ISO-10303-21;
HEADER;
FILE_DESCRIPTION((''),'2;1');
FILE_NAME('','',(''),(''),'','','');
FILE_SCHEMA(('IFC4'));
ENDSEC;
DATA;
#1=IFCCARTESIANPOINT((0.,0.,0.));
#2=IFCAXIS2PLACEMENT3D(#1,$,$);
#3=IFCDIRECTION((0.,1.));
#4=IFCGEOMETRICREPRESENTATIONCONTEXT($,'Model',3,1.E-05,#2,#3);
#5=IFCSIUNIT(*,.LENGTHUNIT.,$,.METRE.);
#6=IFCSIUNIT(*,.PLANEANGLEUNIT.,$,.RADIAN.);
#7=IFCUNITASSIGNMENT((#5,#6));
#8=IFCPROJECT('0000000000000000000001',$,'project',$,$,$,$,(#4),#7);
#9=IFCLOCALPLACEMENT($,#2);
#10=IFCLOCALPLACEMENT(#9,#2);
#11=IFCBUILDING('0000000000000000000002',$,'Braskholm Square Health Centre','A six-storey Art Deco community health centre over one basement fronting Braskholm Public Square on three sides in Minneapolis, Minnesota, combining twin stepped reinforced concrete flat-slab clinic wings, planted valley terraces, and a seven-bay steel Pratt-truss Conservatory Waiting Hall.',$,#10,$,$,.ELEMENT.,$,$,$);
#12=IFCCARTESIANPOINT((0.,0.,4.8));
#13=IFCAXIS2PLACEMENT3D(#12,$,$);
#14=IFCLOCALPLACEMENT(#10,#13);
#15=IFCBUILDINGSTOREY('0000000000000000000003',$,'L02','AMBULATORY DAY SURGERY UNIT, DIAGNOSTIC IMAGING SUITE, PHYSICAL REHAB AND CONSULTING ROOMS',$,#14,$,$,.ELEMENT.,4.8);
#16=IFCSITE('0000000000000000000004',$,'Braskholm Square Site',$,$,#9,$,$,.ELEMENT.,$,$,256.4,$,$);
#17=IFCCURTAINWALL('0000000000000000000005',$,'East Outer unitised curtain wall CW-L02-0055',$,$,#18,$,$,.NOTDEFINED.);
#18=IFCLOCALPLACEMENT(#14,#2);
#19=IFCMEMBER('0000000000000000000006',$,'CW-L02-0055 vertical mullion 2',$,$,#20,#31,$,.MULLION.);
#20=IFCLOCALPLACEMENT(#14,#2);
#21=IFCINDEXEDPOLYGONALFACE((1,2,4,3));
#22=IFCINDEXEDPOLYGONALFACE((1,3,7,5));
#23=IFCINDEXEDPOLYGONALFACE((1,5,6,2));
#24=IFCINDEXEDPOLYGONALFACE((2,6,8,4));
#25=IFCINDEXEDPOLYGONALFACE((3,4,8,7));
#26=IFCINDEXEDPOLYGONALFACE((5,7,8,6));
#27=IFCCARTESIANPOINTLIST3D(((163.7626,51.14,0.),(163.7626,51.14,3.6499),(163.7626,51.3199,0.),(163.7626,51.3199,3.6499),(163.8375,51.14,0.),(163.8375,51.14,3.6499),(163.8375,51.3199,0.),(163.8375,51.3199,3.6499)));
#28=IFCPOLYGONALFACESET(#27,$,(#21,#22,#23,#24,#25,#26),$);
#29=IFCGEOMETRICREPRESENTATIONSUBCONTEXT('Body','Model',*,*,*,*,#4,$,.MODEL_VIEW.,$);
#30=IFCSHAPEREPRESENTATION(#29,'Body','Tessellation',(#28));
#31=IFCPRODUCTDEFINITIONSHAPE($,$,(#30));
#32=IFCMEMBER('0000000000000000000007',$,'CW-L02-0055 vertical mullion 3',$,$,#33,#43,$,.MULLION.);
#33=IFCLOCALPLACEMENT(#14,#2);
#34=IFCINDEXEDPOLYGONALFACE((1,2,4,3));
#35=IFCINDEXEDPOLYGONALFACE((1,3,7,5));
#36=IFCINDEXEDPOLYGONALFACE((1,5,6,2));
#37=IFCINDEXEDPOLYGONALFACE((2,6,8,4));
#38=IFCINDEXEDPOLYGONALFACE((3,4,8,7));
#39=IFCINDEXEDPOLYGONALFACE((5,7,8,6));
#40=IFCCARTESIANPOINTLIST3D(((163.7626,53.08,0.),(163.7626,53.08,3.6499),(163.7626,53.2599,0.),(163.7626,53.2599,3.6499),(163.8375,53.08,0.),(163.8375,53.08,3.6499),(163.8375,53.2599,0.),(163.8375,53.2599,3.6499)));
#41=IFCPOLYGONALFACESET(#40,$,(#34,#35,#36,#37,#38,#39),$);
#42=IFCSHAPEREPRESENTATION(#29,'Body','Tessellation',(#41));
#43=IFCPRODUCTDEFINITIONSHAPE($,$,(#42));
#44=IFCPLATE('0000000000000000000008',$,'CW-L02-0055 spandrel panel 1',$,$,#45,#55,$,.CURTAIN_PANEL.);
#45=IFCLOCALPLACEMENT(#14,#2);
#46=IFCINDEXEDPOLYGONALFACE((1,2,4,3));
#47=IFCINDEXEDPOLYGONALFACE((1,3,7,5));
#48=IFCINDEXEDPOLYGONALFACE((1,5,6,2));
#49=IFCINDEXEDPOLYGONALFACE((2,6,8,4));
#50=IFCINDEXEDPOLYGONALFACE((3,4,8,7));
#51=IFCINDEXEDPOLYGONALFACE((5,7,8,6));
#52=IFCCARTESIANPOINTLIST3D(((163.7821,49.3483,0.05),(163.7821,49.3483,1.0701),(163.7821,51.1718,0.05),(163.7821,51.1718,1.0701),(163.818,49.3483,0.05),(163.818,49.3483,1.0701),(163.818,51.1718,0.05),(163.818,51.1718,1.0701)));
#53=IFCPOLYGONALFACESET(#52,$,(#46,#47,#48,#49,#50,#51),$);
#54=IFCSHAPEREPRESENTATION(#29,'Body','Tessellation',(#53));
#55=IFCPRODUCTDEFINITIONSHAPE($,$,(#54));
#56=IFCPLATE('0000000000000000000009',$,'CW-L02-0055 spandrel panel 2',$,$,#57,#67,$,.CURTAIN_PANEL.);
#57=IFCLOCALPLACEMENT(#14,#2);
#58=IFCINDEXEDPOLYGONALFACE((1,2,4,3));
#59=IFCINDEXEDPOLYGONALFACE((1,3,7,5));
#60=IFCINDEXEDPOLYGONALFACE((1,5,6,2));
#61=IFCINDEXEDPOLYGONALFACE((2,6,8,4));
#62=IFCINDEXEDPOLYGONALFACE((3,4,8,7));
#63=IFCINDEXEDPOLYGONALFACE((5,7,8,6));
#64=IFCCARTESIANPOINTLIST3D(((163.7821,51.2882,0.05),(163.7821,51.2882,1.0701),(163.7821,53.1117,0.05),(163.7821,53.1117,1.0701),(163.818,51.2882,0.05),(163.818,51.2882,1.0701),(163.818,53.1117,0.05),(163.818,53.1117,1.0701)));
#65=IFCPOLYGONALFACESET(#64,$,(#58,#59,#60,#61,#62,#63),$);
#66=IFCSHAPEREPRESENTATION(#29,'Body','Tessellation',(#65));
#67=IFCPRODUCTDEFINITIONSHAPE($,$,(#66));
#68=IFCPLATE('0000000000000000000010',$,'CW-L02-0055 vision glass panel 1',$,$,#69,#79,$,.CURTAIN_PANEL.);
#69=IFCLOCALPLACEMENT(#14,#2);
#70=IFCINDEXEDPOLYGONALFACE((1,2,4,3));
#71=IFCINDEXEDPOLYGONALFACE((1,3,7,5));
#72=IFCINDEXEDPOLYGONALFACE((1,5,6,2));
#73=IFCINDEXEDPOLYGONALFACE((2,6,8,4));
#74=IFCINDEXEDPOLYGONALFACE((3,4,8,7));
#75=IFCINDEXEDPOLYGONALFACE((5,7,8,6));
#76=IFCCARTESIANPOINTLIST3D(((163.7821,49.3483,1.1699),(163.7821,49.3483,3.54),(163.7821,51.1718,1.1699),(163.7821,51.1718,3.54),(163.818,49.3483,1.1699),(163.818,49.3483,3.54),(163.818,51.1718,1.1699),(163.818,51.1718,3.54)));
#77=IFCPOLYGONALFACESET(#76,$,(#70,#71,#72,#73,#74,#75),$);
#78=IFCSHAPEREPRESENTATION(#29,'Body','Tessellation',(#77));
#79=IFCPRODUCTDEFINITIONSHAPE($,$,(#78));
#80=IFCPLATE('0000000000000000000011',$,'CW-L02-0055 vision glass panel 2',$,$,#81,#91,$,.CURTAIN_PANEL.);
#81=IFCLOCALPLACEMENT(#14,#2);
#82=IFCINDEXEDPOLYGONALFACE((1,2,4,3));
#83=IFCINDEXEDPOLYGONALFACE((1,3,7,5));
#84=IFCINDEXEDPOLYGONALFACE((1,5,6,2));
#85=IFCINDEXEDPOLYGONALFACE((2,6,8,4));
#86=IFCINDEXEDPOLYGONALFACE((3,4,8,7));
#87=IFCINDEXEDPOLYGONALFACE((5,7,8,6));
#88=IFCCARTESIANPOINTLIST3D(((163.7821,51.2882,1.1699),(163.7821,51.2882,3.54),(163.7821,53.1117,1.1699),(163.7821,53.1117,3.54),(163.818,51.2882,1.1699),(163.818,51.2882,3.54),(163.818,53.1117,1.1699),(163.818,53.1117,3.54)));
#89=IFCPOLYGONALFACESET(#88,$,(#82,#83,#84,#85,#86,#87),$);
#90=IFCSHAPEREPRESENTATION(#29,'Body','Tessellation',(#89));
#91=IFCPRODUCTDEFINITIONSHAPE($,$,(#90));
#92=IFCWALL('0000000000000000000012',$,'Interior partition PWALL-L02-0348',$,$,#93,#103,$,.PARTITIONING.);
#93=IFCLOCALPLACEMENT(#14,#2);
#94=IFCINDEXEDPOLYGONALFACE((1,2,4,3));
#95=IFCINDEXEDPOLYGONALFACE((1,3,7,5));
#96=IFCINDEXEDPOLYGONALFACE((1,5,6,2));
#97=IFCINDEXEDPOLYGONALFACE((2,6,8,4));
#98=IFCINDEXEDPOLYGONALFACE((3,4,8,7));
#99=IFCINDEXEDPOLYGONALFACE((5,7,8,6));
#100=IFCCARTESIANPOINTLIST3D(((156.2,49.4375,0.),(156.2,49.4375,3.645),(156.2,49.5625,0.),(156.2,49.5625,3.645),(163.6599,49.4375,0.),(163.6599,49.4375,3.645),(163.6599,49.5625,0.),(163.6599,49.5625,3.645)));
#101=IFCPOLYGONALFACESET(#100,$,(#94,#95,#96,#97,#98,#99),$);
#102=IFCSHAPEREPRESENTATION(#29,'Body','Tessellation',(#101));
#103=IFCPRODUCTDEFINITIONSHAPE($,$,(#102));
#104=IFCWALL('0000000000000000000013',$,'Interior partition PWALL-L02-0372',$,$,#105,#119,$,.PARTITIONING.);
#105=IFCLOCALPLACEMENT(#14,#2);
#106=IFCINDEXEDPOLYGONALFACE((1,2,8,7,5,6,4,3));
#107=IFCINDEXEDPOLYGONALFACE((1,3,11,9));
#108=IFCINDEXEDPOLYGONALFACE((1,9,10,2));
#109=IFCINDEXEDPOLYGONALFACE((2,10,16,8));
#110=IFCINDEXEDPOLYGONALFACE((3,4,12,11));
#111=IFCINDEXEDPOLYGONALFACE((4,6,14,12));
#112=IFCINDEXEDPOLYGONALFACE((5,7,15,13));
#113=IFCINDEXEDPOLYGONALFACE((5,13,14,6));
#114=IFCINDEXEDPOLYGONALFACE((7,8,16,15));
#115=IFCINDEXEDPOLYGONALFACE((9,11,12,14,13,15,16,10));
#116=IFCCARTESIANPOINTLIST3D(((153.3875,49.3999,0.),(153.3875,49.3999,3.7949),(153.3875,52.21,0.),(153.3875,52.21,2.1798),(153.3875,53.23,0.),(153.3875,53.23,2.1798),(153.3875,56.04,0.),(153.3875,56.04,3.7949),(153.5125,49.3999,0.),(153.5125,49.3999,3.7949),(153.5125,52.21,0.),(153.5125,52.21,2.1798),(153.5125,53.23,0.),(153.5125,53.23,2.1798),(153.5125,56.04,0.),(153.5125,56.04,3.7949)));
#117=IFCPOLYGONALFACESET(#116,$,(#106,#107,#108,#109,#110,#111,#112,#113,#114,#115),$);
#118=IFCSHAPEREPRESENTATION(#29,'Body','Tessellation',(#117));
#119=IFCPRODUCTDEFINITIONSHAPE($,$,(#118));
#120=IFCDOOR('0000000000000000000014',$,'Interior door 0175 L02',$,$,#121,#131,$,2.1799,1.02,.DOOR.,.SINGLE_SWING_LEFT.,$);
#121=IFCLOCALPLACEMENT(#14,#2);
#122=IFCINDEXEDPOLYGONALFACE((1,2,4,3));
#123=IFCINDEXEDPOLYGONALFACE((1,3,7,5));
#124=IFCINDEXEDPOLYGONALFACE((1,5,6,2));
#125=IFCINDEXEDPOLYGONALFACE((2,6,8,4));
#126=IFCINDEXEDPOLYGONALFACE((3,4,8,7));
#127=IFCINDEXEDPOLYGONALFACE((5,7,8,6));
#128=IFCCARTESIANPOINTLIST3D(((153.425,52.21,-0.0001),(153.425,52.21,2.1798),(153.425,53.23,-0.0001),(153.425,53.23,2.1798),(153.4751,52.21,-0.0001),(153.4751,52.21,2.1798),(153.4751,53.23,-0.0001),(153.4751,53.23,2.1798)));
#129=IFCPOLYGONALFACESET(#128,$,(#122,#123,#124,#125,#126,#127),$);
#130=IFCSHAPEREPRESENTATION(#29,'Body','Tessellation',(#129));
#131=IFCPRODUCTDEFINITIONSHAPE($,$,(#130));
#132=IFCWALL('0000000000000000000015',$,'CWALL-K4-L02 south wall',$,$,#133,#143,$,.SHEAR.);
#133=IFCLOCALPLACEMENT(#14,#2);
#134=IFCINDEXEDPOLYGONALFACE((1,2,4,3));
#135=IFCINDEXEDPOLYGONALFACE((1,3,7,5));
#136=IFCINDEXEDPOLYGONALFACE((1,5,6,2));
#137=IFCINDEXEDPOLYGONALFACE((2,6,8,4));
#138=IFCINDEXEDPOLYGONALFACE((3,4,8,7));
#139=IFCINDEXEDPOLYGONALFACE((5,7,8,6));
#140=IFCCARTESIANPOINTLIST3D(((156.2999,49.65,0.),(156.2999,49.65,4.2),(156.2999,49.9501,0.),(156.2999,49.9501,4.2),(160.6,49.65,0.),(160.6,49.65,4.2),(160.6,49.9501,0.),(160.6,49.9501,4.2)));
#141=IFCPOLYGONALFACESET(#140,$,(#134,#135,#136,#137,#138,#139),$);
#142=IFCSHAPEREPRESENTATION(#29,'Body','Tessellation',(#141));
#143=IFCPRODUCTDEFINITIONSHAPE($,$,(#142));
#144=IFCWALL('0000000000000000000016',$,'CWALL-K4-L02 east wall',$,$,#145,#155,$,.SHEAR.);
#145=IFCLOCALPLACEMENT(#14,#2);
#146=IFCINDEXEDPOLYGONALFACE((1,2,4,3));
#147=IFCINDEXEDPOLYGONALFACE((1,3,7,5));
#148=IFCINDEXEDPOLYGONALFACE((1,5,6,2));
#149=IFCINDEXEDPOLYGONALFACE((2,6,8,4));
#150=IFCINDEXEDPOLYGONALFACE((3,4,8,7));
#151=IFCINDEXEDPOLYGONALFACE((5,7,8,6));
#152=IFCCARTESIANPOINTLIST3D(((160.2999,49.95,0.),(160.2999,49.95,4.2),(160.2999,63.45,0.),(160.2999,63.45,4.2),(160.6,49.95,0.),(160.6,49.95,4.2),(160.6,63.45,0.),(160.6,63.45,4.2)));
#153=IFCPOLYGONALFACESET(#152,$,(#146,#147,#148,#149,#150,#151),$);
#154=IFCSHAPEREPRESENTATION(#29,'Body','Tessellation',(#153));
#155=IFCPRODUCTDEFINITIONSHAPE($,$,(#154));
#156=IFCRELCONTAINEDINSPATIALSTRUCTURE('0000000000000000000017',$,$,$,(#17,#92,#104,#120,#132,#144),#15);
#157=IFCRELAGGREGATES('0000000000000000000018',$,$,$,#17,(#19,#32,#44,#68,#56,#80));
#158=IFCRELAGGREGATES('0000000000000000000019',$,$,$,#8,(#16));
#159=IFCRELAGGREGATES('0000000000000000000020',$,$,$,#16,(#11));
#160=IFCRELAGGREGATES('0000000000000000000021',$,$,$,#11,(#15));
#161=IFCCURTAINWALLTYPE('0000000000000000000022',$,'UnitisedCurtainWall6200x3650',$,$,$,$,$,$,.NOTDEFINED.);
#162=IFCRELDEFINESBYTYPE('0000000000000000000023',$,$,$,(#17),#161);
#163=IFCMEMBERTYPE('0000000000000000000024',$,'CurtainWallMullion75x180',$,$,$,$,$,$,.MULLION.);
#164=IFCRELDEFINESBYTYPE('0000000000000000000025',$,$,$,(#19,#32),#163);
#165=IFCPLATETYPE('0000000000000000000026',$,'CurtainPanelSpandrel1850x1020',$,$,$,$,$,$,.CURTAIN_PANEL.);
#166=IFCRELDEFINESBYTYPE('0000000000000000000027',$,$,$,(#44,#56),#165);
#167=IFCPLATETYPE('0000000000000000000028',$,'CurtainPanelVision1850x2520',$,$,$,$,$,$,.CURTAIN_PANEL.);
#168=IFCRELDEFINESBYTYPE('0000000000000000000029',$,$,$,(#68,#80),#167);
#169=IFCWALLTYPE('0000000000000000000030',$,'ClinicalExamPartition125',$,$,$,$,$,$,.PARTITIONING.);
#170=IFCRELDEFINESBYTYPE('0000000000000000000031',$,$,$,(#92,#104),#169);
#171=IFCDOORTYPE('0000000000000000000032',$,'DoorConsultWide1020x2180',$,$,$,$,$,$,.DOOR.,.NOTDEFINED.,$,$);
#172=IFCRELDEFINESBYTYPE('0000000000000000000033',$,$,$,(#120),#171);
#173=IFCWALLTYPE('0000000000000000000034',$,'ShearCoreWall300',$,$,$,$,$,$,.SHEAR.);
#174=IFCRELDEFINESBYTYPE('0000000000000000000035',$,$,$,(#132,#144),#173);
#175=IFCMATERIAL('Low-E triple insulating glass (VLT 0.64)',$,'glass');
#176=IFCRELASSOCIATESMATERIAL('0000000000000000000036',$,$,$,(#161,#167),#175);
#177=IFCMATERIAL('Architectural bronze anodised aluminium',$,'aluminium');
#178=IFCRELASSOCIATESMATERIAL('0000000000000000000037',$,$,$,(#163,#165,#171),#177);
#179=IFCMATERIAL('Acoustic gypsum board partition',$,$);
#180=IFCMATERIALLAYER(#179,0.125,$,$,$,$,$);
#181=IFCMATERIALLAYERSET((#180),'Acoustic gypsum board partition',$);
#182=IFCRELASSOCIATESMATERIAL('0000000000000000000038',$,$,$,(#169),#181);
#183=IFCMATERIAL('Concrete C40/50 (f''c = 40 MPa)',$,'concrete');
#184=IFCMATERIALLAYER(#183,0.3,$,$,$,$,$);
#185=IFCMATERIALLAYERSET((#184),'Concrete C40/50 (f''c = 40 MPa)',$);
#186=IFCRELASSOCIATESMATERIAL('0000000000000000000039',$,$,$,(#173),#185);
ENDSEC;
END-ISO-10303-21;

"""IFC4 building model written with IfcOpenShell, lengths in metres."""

from ifc_helpers import new_model, si_unit, direction, frame, frame_2d, origin, origin_with_axes, origin_2d, place, context, subcontext, project, spatial, rectangle, extrude, material, layer, layer_set, material_profile, profile_set, type_object, element, fill, aggregate, save


model = new_model("IFC4")

# Units and contexts
model_context = context("Model", 3, precision=1e-05, world=origin(), true_north=direction((0.0, 1.0)))
body_context = subcontext(model_context, "Body", "Model", "MODEL_VIEW")
ifc_project = project(units=[si_unit("LENGTHUNIT", "METRE"), si_unit("PLANEANGLEUNIT", "RADIAN")], contexts=[model_context])

# Site, building, storey
site_placement = place(None, origin())
site = spatial("IfcSite", under=ifc_project, at=site_placement, Name="Braskholm Square Site", CompositionType="ELEMENT", RefElevation=256.4)
building_placement = place(site_placement, origin())
building = spatial("IfcBuilding", under=site, at=building_placement, Name="Braskholm Square Health Centre", Description="A six-storey Art Deco community health centre over one basement fronting Braskholm Public Square on three sides in Minneapolis, Minnesota, combining twin stepped reinforced concrete flat-slab clinic wings, planted valley terraces, and a seven-bay steel Pratt-truss Conservatory Waiting Hall.", CompositionType="ELEMENT")
storey_placement = place(building_placement, frame((0.0, 0.0, 4.8)))
storey = spatial("IfcBuildingStorey", under=building, at=storey_placement, Name="L02", Description="AMBULATORY DAY SURGERY UNIT, DIAGNOSTIC IMAGING SUITE, PHYSICAL REHAB AND CONSULTING ROOMS", CompositionType="ELEMENT", Elevation=4.8)

# Curtain wall, members, plates
ifc_material_1 = material(Name="Low-E triple insulating glass (VLT 0.64)", Category="glass")
curtain_wall_type = type_object("IfcCurtainWallType", Name="UnitisedCurtainWall6200x3650", PredefinedType="NOTDEFINED", material=ifc_material_1)
curtain_wall_placement = place(storey_placement, origin())
curtain_wall = element("IfcCurtainWall", 1, at=curtain_wall_placement, inside=storey, type_object=curtain_wall_type, Name="East Outer unitised curtain wall CW-L02-0055", PredefinedType="NOTDEFINED")
ifc_material_2 = material(Name="Architectural bronze anodised aluminium", Category="aluminium")
ifc_material_profile = material_profile(ifc_material_2, rectangle(XDim=0.075, YDim=0.1799, at=origin_2d()), Name="ALU-75X180")
ifc_profile_set = profile_set([ifc_material_profile], Name="Architectural bronze anodised aluminium")
member_type = type_object("IfcMemberType", Name="CurtainWallMullion75x180", PredefinedType="MULLION", material=ifc_profile_set)
member_1_placement = place(storey_placement, frame((163.8, 51.23, 0.0), z_axis=(0.0, 0.0, 1.0), x_axis=(1.0, 0.0, 0.0)))
member_1 = element("IfcMember", 2, at=member_1_placement, type_object=member_type, Name="CW-L02-0055 vertical mullion 2", PredefinedType="MULLION", context=body_context, shape_type="SweptSolid", body=[
    extrude(rectangle(XDim=0.075, YDim=0.1799, at=origin_2d()), origin(), (0.0, 0.0, 1.0), 3.6499),
])
member_2_placement = place(storey_placement, frame((163.8, 53.1699, 0.0), z_axis=(0.0, 0.0, 1.0), x_axis=(1.0, 0.0, 0.0)))
member_2 = element("IfcMember", 3, at=member_2_placement, type_object=member_type, Name="CW-L02-0055 vertical mullion 3", PredefinedType="MULLION", context=body_context, shape_type="SweptSolid", body=[
    extrude(rectangle(XDim=0.075, YDim=0.1799, at=origin_2d()), origin(), (0.0, 0.0, 1.0), 3.6499),
])
plate_type_1 = type_object("IfcPlateType", Name="CurtainPanelSpandrel1850x1020", PredefinedType="CURTAIN_PANEL", material=ifc_material_2)
plate_1_placement = place(storey_placement, frame((163.8, 50.26, 0.05), z_axis=(0.0, 0.0, 1.0), x_axis=(0.0, 1.0, 0.0)))
plate_1 = element("IfcPlate", 4, at=plate_1_placement, type_object=plate_type_1, Name="CW-L02-0055 spandrel panel 1", PredefinedType="CURTAIN_PANEL", context=body_context, shape_type="SweptSolid", body=[
    extrude(rectangle(XDim=1.8235, YDim=0.0359, at=origin_2d()), origin(), (0.0, 0.0, 1.0), 1.02),
])
plate_2_placement = place(storey_placement, frame((163.8, 52.2, 0.05), z_axis=(0.0, 0.0, 1.0), x_axis=(0.0, 1.0, 0.0)))
plate_2 = element("IfcPlate", 5, at=plate_2_placement, type_object=plate_type_1, Name="CW-L02-0055 spandrel panel 2", PredefinedType="CURTAIN_PANEL", context=body_context, shape_type="SweptSolid", body=[
    extrude(rectangle(XDim=1.8235, YDim=0.0359, at=origin_2d()), origin(), (0.0, 0.0, 1.0), 1.02),
])
plate_type_2 = type_object("IfcPlateType", Name="CurtainPanelVision1850x2520", PredefinedType="CURTAIN_PANEL", material=ifc_material_1)
plate_3_placement = place(storey_placement, frame((163.8, 50.26, 1.1699), z_axis=(0.0, 0.0, 1.0), x_axis=(0.0, 1.0, 0.0)))
plate_3 = element("IfcPlate", 6, at=plate_3_placement, type_object=plate_type_2, Name="CW-L02-0055 vision glass panel 1", PredefinedType="CURTAIN_PANEL", context=body_context, shape_type="SweptSolid", body=[
    extrude(rectangle(XDim=1.8235, YDim=0.0359, at=origin_2d()), origin(), (0.0, 0.0, 1.0), 2.3701),
])
plate_4_placement = place(storey_placement, frame((163.8, 52.2, 1.1699), z_axis=(0.0, 0.0, 1.0), x_axis=(0.0, 1.0, 0.0)))
plate_4 = element("IfcPlate", 7, at=plate_4_placement, type_object=plate_type_2, Name="CW-L02-0055 vision glass panel 2", PredefinedType="CURTAIN_PANEL", context=body_context, shape_type="SweptSolid", body=[
    extrude(rectangle(XDim=1.8235, YDim=0.0359, at=origin_2d()), origin(), (0.0, 0.0, 1.0), 2.3701),
])
aggregate(curtain_wall, [member_1, member_2, plate_1, plate_3, plate_2, plate_4])

# Wall
ifc_material_3 = material(Name="Acoustic gypsum board partition")
ifc_layer_1 = layer(ifc_material_3, 0.125)
ifc_layer_set_1 = layer_set([ifc_layer_1], Name="Acoustic gypsum board partition")
wall_type_1 = type_object("IfcWallType", Name="ClinicalExamPartition125", PredefinedType="PARTITIONING", material=ifc_layer_set_1)
wall_1_placement = place(storey_placement, frame((156.2, 49.5, 0.0), z_axis=(0.0, 0.0, 1.0), x_axis=(1.0, 0.0, 0.0)))
element("IfcWall", 8, at=wall_1_placement, inside=storey, type_object=wall_type_1, Name="Interior partition PWALL-L02-0348", PredefinedType="PARTITIONING", context=body_context, shape_type="SweptSolid", body=[
    extrude(rectangle(XDim=7.46, YDim=0.125, at=frame_2d((3.73, 0.0))), origin(), (0.0, 0.0, 1.0), 3.645),
])

# Wall, opening, door
wall_2_placement = place(storey_placement, frame((153.45, 49.3999, 0.0), z_axis=(0.0, 0.0, 1.0), x_axis=(0.0, 1.0, 0.0)))
wall_2 = element("IfcWall", 9, at=wall_2_placement, inside=storey, type_object=wall_type_1, Name="Interior partition PWALL-L02-0372", PredefinedType="PARTITIONING", context=body_context, shape_type="SweptSolid", body=[
    extrude(rectangle(XDim=6.6401, YDim=0.125, at=frame_2d((3.3201, 0.0))), origin(), (0.0, 0.0, 1.0), 3.7949),
])
opening_placement = place(wall_2_placement, frame((2.8101, 0.0, 0.0)))
opening = element("IfcOpeningElement", 10, at=opening_placement, cuts=wall_2, PredefinedType="OPENING", context=body_context, shape_type="SweptSolid", body=[
    extrude(rectangle(XDim=1.02, YDim=2.1799, at=frame_2d((0.51, 1.0898))), frame((0.0, 0.0725, 0.0), z_axis=(0.0, -1.0, 0.0), x_axis=(1.0, 0.0, 0.0)), (0.0, 0.0, 1.0), 0.145),
])
door_type = type_object("IfcDoorType", Name="DoorConsultWide1020x2180", OperationType="NOTDEFINED", PredefinedType="DOOR", material=ifc_material_2)
door_placement = place(opening_placement, origin_with_axes())
door = element("IfcDoor", 11, at=door_placement, inside=storey, type_object=door_type, Name="Interior door 0175 L02", OperationType="SINGLE_SWING_LEFT", OverallHeight=2.1799, OverallWidth=1.02, PredefinedType="DOOR", context=body_context, shape_type="SweptSolid", body=[
    extrude(rectangle(XDim=1.02, YDim=2.1799, at=frame_2d((0.51, 1.0898))), frame((0.0, 0.0249, 0.0), z_axis=(0.0, -1.0, 0.0), x_axis=(1.0, 0.0, 0.0)), (0.0, 0.0, 1.0), 0.05),
])
fill(opening, door)

# Walls
ifc_material_4 = material(Name="Concrete C40/50 (f'c = 40 MPa)", Category="concrete")
ifc_layer_2 = layer(ifc_material_4, 0.3)
ifc_layer_set_2 = layer_set([ifc_layer_2], Name="Concrete C40/50 (f'c = 40 MPa)")
wall_type_2 = type_object("IfcWallType", Name="ShearCoreWall300", PredefinedType="SHEAR", material=ifc_layer_set_2)
wall_3_placement = place(storey_placement, frame((156.3, 49.8, 0.0), z_axis=(0.0, 0.0, 1.0), x_axis=(1.0, 0.0, 0.0)))
element("IfcWall", 12, at=wall_3_placement, inside=storey, type_object=wall_type_2, Name="CWALL-K4-L02 south wall", PredefinedType="SHEAR", context=body_context, shape_type="SweptSolid", body=[
    extrude(rectangle(XDim=4.3, YDim=0.3, at=frame_2d((2.1499, 0.0))), origin(), (0.0, 0.0, 1.0), 4.2),
])
wall_4_placement = place(storey_placement, frame((160.45, 49.95, 0.0), z_axis=(0.0, 0.0, 1.0), x_axis=(0.0, 1.0, 0.0)))
element("IfcWall", 13, at=wall_4_placement, inside=storey, type_object=wall_type_2, Name="CWALL-K4-L02 east wall", PredefinedType="SHEAR", context=body_context, shape_type="SweptSolid", body=[
    extrude(rectangle(XDim=13.5, YDim=0.3, at=frame_2d((6.75, 0.0))), origin(), (0.0, 0.0, 1.0), 4.2),
])

save(model, "model.ifc")
